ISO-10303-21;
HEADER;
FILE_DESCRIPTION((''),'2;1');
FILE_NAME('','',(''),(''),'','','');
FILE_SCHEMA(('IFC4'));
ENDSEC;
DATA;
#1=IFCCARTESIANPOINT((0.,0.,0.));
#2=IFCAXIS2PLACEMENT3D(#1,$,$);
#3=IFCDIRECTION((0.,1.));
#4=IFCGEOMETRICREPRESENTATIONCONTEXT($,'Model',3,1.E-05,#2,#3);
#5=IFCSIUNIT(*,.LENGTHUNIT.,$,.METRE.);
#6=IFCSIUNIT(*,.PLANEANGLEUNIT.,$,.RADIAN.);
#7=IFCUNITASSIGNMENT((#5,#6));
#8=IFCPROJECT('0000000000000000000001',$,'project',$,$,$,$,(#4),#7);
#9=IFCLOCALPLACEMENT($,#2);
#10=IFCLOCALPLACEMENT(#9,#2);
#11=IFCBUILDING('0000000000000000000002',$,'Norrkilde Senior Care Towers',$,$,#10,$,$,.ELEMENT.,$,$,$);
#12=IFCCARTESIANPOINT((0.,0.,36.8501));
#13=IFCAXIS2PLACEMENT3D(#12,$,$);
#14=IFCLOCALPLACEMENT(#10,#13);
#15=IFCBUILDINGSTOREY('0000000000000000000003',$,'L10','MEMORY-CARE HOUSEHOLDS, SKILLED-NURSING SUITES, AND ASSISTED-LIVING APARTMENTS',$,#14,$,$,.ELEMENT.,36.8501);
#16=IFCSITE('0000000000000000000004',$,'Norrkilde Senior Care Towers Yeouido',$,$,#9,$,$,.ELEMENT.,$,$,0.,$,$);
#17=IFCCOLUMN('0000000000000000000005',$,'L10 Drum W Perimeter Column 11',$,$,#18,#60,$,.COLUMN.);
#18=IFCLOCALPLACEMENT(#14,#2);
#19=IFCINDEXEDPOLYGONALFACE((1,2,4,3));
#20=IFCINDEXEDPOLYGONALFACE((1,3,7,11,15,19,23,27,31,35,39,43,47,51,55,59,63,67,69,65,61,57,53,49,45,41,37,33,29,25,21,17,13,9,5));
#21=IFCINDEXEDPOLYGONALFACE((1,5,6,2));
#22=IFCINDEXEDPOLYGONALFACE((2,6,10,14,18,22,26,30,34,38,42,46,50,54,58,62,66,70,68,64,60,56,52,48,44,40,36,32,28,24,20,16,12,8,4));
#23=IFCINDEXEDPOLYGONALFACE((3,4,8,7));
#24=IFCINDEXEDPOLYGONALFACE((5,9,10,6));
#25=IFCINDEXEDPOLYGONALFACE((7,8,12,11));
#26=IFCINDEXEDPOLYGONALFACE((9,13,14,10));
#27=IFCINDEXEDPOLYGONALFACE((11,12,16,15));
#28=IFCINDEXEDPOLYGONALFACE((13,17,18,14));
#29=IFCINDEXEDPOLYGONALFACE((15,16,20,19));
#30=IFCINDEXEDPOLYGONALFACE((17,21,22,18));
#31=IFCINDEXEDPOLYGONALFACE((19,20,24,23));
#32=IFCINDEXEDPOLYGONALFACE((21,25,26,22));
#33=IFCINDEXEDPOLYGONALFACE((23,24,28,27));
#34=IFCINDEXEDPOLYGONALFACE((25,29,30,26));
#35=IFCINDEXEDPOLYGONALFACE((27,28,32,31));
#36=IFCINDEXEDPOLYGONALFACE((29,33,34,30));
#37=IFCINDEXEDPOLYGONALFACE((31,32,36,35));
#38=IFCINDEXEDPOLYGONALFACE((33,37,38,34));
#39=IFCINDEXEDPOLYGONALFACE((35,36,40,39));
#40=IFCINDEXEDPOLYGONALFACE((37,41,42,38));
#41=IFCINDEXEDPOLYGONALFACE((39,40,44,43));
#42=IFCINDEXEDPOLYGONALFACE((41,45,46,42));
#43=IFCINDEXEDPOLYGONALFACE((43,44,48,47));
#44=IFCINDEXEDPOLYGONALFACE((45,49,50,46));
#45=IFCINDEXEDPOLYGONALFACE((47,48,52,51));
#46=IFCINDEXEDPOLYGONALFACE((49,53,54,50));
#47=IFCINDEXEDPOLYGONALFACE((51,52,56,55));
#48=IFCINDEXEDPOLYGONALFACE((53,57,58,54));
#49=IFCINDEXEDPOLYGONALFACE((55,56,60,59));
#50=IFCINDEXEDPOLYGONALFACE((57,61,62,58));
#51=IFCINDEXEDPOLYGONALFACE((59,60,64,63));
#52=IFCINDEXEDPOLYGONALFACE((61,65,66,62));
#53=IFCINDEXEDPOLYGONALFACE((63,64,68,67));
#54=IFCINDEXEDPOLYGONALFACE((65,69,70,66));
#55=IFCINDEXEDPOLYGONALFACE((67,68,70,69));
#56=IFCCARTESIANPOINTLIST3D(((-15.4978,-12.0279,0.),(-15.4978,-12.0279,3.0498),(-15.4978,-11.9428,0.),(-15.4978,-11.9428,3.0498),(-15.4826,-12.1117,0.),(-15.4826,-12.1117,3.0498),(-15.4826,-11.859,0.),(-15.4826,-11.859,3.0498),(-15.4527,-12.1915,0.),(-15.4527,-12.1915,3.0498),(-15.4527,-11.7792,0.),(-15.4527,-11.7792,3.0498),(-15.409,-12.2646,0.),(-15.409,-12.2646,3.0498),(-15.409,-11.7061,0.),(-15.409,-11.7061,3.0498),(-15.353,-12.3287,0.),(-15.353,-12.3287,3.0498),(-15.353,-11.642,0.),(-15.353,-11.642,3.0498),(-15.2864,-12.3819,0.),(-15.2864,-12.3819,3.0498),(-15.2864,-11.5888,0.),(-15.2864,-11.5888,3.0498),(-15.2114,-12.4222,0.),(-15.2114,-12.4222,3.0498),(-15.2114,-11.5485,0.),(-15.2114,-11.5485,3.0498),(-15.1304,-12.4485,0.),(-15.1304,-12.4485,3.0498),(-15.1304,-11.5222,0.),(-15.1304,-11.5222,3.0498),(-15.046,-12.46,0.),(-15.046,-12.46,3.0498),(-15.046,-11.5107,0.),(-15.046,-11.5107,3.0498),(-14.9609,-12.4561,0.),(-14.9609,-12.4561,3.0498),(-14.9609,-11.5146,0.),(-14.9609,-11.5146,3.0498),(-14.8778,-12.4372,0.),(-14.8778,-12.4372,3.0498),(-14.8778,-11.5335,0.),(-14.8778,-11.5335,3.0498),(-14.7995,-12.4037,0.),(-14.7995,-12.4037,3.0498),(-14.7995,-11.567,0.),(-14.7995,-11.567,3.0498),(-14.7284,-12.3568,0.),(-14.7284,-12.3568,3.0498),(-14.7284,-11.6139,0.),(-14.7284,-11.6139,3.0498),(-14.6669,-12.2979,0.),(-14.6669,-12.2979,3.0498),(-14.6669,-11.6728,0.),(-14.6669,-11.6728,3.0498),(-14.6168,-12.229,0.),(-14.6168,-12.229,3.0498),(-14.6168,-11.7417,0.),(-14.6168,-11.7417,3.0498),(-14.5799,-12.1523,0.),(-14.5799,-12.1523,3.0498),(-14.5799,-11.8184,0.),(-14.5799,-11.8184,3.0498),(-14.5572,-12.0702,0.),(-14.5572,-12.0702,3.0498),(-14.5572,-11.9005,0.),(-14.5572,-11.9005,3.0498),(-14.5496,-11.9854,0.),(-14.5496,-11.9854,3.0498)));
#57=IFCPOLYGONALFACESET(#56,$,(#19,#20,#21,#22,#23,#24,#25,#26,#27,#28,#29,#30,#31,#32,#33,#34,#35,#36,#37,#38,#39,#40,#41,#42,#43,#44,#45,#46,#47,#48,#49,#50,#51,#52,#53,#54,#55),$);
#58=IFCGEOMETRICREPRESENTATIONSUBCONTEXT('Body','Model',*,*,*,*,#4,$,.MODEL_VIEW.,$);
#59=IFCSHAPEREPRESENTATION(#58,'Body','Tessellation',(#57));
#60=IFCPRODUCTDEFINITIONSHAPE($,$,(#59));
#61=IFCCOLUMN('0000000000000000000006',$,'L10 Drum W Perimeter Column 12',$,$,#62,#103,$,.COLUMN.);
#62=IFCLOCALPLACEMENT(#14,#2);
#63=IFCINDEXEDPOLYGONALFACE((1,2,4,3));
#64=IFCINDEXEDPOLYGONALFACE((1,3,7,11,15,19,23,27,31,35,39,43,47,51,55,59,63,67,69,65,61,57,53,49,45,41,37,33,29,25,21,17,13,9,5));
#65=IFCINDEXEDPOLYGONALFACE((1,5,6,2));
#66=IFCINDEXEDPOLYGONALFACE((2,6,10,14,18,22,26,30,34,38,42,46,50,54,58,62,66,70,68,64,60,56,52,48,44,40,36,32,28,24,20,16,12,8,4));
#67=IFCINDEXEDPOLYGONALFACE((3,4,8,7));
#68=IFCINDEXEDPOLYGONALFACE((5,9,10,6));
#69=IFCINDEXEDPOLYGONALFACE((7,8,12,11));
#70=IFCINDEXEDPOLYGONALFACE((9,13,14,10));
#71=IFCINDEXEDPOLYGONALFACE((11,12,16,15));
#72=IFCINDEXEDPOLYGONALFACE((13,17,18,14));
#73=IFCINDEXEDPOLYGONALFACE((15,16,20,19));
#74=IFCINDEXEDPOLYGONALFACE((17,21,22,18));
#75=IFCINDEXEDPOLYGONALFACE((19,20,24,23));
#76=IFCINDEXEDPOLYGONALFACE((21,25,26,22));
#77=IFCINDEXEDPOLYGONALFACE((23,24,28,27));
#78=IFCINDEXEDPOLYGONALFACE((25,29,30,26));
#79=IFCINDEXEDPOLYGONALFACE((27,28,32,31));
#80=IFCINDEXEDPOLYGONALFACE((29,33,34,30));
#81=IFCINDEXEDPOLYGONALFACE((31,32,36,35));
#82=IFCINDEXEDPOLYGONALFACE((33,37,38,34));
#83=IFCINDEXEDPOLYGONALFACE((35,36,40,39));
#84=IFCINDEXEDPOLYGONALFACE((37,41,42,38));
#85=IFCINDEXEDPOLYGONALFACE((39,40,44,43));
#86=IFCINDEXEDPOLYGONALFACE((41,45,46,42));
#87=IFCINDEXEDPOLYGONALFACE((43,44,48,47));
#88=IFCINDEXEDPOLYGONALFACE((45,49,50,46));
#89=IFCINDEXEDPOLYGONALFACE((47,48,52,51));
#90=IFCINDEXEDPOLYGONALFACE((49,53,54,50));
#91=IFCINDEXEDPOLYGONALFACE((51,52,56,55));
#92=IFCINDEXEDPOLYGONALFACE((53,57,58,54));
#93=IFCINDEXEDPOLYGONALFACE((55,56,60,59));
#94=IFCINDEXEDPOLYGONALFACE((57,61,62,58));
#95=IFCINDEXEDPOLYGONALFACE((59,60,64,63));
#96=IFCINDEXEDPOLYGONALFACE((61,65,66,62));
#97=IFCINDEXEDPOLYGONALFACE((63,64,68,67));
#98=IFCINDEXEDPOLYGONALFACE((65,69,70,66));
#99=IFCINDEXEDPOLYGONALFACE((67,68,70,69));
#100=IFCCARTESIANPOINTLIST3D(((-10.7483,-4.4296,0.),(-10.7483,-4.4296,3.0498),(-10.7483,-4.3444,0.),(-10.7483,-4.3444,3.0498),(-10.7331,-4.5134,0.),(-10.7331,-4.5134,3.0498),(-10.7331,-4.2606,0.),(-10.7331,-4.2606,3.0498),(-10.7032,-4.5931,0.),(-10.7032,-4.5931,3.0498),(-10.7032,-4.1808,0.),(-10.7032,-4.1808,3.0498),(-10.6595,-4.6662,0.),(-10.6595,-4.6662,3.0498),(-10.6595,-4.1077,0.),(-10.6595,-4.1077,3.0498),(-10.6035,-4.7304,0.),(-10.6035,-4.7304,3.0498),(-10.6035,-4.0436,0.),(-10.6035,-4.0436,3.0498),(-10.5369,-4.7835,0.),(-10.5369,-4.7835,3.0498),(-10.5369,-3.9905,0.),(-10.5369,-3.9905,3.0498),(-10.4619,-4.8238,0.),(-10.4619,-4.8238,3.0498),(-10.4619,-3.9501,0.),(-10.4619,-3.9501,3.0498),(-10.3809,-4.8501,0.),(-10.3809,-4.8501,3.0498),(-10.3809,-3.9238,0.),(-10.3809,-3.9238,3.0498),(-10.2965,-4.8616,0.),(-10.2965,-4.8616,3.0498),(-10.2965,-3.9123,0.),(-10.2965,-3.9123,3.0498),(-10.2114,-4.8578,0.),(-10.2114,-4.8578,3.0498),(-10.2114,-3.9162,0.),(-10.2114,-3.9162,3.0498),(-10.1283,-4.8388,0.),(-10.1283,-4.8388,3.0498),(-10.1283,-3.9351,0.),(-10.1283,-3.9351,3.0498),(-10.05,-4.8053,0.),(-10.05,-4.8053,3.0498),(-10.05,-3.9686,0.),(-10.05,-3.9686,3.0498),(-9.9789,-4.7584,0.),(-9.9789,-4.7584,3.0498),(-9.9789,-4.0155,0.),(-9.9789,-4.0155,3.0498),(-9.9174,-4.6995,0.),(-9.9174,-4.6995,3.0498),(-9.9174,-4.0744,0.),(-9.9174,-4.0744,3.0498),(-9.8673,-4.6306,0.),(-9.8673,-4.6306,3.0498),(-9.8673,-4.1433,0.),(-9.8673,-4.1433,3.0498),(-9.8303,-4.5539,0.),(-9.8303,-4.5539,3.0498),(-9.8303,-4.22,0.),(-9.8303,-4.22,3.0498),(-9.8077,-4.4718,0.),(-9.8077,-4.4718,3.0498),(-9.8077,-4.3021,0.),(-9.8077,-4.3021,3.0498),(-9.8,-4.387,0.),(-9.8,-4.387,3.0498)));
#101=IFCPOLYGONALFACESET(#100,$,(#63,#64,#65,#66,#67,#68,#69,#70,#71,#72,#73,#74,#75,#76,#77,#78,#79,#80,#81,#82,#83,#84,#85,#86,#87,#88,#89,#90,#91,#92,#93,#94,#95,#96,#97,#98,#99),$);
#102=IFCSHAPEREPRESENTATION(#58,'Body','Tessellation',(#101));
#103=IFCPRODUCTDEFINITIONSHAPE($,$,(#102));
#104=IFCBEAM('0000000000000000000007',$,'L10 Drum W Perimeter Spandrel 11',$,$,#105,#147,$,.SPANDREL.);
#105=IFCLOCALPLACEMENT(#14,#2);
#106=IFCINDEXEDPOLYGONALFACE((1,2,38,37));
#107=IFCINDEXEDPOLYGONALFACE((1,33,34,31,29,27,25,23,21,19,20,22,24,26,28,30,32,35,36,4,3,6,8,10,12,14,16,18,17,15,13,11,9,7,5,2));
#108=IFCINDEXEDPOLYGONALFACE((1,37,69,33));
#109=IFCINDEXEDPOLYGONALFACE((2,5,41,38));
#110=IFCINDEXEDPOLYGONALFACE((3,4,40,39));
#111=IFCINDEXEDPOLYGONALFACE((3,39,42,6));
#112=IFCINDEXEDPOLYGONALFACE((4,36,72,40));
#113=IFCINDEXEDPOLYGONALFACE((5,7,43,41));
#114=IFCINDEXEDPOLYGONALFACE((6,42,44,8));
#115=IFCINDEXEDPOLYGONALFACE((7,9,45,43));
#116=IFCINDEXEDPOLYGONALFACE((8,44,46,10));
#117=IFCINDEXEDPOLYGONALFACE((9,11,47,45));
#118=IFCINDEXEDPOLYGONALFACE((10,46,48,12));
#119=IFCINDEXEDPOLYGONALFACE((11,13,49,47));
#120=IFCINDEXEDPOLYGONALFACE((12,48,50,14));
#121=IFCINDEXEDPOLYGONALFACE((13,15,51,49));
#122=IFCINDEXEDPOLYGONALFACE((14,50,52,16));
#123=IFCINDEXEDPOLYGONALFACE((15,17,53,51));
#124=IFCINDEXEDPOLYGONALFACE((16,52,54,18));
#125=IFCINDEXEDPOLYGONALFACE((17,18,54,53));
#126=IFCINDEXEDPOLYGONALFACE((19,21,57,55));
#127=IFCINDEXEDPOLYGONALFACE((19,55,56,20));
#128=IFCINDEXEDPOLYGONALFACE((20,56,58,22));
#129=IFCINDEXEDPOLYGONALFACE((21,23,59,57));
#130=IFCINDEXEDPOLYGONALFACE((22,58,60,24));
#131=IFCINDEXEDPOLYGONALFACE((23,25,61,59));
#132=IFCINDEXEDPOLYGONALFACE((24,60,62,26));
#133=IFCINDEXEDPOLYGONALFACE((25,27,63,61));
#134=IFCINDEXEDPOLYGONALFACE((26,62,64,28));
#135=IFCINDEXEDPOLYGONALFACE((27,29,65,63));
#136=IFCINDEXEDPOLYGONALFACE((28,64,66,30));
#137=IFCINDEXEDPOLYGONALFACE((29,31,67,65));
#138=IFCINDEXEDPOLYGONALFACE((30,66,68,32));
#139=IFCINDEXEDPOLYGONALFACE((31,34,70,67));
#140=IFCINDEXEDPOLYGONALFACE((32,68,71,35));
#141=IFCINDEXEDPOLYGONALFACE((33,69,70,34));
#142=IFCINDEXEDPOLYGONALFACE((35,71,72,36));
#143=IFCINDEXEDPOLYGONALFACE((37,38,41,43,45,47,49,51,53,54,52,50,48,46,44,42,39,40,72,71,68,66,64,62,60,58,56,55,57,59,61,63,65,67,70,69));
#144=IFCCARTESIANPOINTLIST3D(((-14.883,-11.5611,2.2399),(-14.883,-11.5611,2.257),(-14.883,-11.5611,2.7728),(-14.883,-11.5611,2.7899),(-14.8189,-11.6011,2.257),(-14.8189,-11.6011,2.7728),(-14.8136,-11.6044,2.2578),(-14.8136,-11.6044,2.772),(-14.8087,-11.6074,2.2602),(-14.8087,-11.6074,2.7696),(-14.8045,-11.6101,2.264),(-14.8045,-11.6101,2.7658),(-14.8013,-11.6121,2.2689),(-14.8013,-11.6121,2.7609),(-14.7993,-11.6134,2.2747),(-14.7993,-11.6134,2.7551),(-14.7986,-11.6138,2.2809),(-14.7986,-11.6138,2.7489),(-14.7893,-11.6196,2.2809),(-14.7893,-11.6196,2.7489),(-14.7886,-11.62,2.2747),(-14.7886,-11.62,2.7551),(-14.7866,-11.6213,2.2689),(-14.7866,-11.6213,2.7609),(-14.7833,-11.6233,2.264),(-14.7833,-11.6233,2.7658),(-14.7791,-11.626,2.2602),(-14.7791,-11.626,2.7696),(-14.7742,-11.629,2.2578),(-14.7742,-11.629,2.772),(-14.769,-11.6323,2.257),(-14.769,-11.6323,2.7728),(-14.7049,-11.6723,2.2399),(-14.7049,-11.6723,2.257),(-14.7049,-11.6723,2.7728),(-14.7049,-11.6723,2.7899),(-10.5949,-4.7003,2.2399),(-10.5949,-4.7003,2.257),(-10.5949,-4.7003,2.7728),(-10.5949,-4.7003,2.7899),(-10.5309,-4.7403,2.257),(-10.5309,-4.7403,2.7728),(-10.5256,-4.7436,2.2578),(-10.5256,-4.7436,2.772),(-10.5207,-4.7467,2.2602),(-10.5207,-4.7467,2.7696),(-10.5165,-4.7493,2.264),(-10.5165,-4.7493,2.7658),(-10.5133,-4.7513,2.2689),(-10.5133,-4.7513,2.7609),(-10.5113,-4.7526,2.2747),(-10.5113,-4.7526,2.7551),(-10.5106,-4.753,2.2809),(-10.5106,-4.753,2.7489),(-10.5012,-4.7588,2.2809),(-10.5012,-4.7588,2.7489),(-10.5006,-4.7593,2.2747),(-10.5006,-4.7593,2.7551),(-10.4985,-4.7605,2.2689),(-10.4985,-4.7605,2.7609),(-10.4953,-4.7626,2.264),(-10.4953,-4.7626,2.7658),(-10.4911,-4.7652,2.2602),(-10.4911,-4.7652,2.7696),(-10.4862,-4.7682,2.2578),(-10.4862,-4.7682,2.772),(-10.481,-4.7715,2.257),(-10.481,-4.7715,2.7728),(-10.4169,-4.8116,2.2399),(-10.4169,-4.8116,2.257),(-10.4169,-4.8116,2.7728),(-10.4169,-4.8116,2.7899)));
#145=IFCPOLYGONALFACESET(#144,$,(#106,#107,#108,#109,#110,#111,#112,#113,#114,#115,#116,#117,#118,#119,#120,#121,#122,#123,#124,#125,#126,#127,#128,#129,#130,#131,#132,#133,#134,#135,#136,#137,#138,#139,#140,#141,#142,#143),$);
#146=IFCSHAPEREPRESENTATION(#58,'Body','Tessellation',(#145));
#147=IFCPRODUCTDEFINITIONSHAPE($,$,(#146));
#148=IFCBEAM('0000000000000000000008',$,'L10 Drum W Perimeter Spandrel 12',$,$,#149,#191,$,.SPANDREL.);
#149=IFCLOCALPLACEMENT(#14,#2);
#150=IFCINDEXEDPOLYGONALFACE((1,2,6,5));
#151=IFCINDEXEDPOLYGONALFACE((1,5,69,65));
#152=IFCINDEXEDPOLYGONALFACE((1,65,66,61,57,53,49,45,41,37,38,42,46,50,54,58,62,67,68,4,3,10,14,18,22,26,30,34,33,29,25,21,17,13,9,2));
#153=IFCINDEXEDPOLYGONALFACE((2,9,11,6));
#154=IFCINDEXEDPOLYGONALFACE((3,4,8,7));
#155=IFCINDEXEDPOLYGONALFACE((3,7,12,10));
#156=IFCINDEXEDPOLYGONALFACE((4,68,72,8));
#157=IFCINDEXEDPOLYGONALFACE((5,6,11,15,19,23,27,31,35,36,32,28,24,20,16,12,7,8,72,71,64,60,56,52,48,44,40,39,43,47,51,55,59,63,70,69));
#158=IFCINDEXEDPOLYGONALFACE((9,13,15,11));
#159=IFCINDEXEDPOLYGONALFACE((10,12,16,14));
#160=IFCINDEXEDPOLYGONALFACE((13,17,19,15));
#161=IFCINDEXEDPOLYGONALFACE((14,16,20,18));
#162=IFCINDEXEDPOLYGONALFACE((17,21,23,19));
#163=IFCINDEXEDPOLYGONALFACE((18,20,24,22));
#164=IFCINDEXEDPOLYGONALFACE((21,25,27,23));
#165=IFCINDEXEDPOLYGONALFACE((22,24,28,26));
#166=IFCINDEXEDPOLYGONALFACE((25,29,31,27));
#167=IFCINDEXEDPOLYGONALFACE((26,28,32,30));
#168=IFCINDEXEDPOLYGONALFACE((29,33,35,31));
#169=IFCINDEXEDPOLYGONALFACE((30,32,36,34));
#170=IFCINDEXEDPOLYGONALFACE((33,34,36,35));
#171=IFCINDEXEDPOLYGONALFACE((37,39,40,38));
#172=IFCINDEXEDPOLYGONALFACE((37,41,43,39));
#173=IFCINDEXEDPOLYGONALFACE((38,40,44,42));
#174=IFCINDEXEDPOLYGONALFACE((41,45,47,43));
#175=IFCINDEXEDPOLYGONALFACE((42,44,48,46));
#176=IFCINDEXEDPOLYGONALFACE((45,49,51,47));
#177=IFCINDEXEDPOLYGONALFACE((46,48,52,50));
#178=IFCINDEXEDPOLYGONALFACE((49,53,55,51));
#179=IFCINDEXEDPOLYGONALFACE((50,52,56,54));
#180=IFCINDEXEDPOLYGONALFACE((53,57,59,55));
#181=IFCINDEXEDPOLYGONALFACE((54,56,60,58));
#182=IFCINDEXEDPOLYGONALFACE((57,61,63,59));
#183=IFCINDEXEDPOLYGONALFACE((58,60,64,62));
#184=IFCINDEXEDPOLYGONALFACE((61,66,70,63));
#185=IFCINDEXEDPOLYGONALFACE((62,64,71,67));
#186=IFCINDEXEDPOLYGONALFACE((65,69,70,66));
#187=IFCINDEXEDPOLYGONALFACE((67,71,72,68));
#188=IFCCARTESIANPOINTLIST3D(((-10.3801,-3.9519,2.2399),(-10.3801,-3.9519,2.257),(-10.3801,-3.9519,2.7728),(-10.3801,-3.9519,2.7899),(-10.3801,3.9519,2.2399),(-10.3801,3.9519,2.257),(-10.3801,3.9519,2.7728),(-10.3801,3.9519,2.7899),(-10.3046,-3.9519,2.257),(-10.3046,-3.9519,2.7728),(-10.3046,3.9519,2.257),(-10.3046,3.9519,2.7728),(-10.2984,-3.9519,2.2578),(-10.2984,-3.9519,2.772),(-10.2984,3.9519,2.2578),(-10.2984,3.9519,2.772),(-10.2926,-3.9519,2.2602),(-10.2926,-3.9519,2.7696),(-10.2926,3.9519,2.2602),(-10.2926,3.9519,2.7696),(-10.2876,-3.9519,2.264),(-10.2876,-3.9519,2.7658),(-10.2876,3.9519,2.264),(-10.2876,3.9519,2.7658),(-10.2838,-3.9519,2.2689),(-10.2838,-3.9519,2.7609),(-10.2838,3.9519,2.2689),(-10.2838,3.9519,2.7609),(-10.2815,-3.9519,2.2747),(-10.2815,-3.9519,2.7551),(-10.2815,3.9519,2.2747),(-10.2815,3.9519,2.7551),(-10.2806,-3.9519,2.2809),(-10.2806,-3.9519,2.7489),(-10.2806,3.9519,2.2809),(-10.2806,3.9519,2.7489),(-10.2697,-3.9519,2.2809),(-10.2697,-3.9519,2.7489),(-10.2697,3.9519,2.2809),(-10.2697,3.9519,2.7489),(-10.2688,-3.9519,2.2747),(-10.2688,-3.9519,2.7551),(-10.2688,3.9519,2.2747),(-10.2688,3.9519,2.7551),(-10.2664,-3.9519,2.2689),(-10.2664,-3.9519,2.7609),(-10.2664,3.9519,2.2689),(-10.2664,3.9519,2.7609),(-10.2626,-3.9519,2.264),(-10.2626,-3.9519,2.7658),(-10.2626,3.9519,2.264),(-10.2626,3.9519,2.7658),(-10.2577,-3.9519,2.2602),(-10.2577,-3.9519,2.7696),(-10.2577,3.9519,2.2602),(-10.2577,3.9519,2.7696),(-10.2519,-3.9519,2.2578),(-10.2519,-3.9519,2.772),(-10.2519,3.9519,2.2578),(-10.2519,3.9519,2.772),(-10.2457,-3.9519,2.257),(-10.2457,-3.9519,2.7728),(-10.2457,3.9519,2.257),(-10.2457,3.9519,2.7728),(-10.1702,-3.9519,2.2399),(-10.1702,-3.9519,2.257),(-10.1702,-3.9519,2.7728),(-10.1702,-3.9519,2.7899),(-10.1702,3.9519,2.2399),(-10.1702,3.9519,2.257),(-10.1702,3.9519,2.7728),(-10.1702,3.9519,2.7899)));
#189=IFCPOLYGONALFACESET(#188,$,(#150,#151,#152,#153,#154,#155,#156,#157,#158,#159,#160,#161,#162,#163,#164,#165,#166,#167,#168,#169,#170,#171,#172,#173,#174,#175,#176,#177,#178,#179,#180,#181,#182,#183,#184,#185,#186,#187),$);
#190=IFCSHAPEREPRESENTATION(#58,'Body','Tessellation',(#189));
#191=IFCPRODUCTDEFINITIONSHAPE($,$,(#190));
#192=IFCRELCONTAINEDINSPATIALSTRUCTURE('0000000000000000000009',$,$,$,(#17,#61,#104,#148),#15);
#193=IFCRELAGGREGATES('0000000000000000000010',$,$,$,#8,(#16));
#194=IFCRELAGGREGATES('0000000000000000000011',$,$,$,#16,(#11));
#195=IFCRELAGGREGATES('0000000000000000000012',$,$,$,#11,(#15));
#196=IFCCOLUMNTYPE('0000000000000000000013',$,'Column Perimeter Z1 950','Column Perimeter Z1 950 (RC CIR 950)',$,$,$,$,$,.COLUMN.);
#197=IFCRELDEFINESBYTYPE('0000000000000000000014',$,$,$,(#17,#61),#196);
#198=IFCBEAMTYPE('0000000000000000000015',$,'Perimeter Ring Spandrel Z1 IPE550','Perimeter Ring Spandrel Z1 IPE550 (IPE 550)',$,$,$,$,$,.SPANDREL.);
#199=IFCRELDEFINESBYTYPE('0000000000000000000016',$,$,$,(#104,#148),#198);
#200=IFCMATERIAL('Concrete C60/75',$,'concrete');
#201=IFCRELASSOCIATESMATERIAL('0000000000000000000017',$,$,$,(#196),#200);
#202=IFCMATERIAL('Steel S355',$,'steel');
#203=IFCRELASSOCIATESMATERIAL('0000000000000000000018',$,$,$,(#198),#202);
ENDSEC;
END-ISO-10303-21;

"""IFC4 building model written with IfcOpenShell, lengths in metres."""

from ifc_helpers import new_model, si_unit, direction, frame, origin, origin_2d, place, context, subcontext, project, spatial, circle, i_section, extrude, source, transform, mapped, material, material_profile, profile_set, type_object, type_shapes, element, save


model = new_model("IFC4")

# Units and contexts
model_context = context("Model", 3, precision=1e-05, world=origin(), true_north=direction((0.0, 1.0)))
body_context = subcontext(model_context, "Body", "Model", "MODEL_VIEW")
ifc_project = project(units=[si_unit("LENGTHUNIT", "METRE"), si_unit("PLANEANGLEUNIT", "RADIAN")], contexts=[model_context])

# Site, building, storey
site_placement = place(None, origin())
site = spatial("IfcSite", under=ifc_project, at=site_placement, Name="Norrkilde Senior Care Towers Yeouido", CompositionType="ELEMENT", RefElevation=0.0)
building_placement = place(site_placement, origin())
building = spatial("IfcBuilding", under=site, at=building_placement, Name="Norrkilde Senior Care Towers", CompositionType="ELEMENT")
storey_placement = place(building_placement, frame((0.0, 0.0, 36.8501)))
storey = spatial("IfcBuildingStorey", under=building, at=storey_placement, Name="L10", Description="MEMORY-CARE HOUSEHOLDS, SKILLED-NURSING SUITES, AND ASSISTED-LIVING APARTMENTS", CompositionType="ELEMENT", Elevation=36.8501)

# Columns
ifc_material_1 = material(Name="Concrete C60/75", Category="concrete")
ifc_material_profile_1 = material_profile(ifc_material_1, circle(Radius=0.4751, at=origin_2d()), Name="RC CIR 950")
ifc_profile_set_1 = profile_set([ifc_material_profile_1], Name="Concrete C60/75")
column_type = type_object("IfcColumnType", Name="Column Perimeter Z1 950", Description="Column Perimeter Z1 950 (RC CIR 950)", PredefinedType="COLUMN", material=ifc_profile_set_1)
shared_shape_1 = source(origin(), body_context, "Body", "SweptSolid", [
    extrude(circle(Radius=0.4751, at=origin_2d()), origin(), (0.0, 0.0, 1.0), 3.0498),
])
type_shapes(column_type, [shared_shape_1])
for number, where, z_axis, x_axis, name in (
    (1, (-15.0247, -11.9854, 0.0), (0.0, 0.0, 1.0), (1.0, 0.0, 0.0), "L10 Drum W Perimeter Column 11"),
    (2, (-10.2751, -4.387, 0.0), (0.0, 0.0, 1.0), (1.0, 0.0, 0.0), "L10 Drum W Perimeter Column 12"),
):
    element("IfcColumn", number, at=place(storey_placement, frame(where, z_axis=z_axis, x_axis=x_axis)), inside=storey, type_object=column_type, Name=name, PredefinedType="COLUMN", context=body_context, shape_type="MappedRepresentation", body=[
        mapped(shared_shape_1, transform((0.0, 0.0, 0.0), x_axis=(1.0, 0.0, 0.0), y_axis=(0.0, 1.0, 0.0), z_axis=(0.0, 0.0, 1.0), scale=1.0)),
    ])

# Beams
ifc_material_2 = material(Name="Steel S355", Category="steel")
ifc_material_profile_2 = material_profile(ifc_material_2, i_section(OverallWidth=0.21, OverallDepth=0.55, WebThickness=0.011, FlangeThickness=0.0171, FilletRadius=0.0239, at=origin_2d()), Name="IPE 550")
ifc_profile_set_2 = profile_set([ifc_material_profile_2], Name="Steel S355")
beam_type_1 = type_object("IfcBeamType", Name="Perimeter Ring Spandrel Z1 IPE550", Description="Perimeter Ring Spandrel Z1 IPE550 (IPE 550)", PredefinedType="SPANDREL", material=ifc_profile_set_2)
shared_shape_2 = source(origin(), body_context, "Body", "SweptSolid", [
    extrude(i_section(OverallWidth=0.21, OverallDepth=0.55, WebThickness=0.011, FlangeThickness=0.0171, FilletRadius=0.0239, at=origin_2d()), origin(), (0.0, 0.0, 1.0), 8.0906),
])
beam_1_placement = place(storey_placement, frame((-14.7939, -11.6167, 2.5149), z_axis=(0.530004, 0.847995, 0.0), x_axis=(-0.847995, 0.530004, 0.0)))
element("IfcBeam", 3, at=beam_1_placement, inside=storey, type_object=beam_type_1, Name="L10 Drum W Perimeter Spandrel 11", PredefinedType="SPANDREL", context=body_context, shape_type="MappedRepresentation", body=[
    mapped(shared_shape_2, transform((0.0, 0.0, 0.0), x_axis=(1.0, 0.0, 0.0), y_axis=(0.0, 1.0, 0.0), z_axis=(0.0, 0.0, 1.0), scale=1.0)),
])
shared_shape_3 = source(origin(), body_context, "Body", "SweptSolid", [
    extrude(i_section(OverallWidth=0.21, OverallDepth=0.55, WebThickness=0.011, FlangeThickness=0.0171, FilletRadius=0.0239, at=origin_2d()), origin(), (0.0, 0.0, 1.0), 7.9038),
])
type_shapes(beam_type_1, [shared_shape_2, shared_shape_3])
beam_2_placement = place(storey_placement, frame((-10.2751, -3.9519, 2.5149), z_axis=(0.0, 1.0, 0.0), x_axis=(-1.0, 0.0, 0.0)))
element("IfcBeam", 4, at=beam_2_placement, inside=storey, type_object=beam_type_1, Name="L10 Drum W Perimeter Spandrel 12", PredefinedType="SPANDREL", context=body_context, shape_type="MappedRepresentation", body=[
    mapped(shared_shape_3, transform((0.0, 0.0, 0.0), x_axis=(1.0, 0.0, 0.0), y_axis=(0.0, 1.0, 0.0), z_axis=(0.0, 0.0, 1.0), scale=1.0)),
])

save(model, "model.ifc")
